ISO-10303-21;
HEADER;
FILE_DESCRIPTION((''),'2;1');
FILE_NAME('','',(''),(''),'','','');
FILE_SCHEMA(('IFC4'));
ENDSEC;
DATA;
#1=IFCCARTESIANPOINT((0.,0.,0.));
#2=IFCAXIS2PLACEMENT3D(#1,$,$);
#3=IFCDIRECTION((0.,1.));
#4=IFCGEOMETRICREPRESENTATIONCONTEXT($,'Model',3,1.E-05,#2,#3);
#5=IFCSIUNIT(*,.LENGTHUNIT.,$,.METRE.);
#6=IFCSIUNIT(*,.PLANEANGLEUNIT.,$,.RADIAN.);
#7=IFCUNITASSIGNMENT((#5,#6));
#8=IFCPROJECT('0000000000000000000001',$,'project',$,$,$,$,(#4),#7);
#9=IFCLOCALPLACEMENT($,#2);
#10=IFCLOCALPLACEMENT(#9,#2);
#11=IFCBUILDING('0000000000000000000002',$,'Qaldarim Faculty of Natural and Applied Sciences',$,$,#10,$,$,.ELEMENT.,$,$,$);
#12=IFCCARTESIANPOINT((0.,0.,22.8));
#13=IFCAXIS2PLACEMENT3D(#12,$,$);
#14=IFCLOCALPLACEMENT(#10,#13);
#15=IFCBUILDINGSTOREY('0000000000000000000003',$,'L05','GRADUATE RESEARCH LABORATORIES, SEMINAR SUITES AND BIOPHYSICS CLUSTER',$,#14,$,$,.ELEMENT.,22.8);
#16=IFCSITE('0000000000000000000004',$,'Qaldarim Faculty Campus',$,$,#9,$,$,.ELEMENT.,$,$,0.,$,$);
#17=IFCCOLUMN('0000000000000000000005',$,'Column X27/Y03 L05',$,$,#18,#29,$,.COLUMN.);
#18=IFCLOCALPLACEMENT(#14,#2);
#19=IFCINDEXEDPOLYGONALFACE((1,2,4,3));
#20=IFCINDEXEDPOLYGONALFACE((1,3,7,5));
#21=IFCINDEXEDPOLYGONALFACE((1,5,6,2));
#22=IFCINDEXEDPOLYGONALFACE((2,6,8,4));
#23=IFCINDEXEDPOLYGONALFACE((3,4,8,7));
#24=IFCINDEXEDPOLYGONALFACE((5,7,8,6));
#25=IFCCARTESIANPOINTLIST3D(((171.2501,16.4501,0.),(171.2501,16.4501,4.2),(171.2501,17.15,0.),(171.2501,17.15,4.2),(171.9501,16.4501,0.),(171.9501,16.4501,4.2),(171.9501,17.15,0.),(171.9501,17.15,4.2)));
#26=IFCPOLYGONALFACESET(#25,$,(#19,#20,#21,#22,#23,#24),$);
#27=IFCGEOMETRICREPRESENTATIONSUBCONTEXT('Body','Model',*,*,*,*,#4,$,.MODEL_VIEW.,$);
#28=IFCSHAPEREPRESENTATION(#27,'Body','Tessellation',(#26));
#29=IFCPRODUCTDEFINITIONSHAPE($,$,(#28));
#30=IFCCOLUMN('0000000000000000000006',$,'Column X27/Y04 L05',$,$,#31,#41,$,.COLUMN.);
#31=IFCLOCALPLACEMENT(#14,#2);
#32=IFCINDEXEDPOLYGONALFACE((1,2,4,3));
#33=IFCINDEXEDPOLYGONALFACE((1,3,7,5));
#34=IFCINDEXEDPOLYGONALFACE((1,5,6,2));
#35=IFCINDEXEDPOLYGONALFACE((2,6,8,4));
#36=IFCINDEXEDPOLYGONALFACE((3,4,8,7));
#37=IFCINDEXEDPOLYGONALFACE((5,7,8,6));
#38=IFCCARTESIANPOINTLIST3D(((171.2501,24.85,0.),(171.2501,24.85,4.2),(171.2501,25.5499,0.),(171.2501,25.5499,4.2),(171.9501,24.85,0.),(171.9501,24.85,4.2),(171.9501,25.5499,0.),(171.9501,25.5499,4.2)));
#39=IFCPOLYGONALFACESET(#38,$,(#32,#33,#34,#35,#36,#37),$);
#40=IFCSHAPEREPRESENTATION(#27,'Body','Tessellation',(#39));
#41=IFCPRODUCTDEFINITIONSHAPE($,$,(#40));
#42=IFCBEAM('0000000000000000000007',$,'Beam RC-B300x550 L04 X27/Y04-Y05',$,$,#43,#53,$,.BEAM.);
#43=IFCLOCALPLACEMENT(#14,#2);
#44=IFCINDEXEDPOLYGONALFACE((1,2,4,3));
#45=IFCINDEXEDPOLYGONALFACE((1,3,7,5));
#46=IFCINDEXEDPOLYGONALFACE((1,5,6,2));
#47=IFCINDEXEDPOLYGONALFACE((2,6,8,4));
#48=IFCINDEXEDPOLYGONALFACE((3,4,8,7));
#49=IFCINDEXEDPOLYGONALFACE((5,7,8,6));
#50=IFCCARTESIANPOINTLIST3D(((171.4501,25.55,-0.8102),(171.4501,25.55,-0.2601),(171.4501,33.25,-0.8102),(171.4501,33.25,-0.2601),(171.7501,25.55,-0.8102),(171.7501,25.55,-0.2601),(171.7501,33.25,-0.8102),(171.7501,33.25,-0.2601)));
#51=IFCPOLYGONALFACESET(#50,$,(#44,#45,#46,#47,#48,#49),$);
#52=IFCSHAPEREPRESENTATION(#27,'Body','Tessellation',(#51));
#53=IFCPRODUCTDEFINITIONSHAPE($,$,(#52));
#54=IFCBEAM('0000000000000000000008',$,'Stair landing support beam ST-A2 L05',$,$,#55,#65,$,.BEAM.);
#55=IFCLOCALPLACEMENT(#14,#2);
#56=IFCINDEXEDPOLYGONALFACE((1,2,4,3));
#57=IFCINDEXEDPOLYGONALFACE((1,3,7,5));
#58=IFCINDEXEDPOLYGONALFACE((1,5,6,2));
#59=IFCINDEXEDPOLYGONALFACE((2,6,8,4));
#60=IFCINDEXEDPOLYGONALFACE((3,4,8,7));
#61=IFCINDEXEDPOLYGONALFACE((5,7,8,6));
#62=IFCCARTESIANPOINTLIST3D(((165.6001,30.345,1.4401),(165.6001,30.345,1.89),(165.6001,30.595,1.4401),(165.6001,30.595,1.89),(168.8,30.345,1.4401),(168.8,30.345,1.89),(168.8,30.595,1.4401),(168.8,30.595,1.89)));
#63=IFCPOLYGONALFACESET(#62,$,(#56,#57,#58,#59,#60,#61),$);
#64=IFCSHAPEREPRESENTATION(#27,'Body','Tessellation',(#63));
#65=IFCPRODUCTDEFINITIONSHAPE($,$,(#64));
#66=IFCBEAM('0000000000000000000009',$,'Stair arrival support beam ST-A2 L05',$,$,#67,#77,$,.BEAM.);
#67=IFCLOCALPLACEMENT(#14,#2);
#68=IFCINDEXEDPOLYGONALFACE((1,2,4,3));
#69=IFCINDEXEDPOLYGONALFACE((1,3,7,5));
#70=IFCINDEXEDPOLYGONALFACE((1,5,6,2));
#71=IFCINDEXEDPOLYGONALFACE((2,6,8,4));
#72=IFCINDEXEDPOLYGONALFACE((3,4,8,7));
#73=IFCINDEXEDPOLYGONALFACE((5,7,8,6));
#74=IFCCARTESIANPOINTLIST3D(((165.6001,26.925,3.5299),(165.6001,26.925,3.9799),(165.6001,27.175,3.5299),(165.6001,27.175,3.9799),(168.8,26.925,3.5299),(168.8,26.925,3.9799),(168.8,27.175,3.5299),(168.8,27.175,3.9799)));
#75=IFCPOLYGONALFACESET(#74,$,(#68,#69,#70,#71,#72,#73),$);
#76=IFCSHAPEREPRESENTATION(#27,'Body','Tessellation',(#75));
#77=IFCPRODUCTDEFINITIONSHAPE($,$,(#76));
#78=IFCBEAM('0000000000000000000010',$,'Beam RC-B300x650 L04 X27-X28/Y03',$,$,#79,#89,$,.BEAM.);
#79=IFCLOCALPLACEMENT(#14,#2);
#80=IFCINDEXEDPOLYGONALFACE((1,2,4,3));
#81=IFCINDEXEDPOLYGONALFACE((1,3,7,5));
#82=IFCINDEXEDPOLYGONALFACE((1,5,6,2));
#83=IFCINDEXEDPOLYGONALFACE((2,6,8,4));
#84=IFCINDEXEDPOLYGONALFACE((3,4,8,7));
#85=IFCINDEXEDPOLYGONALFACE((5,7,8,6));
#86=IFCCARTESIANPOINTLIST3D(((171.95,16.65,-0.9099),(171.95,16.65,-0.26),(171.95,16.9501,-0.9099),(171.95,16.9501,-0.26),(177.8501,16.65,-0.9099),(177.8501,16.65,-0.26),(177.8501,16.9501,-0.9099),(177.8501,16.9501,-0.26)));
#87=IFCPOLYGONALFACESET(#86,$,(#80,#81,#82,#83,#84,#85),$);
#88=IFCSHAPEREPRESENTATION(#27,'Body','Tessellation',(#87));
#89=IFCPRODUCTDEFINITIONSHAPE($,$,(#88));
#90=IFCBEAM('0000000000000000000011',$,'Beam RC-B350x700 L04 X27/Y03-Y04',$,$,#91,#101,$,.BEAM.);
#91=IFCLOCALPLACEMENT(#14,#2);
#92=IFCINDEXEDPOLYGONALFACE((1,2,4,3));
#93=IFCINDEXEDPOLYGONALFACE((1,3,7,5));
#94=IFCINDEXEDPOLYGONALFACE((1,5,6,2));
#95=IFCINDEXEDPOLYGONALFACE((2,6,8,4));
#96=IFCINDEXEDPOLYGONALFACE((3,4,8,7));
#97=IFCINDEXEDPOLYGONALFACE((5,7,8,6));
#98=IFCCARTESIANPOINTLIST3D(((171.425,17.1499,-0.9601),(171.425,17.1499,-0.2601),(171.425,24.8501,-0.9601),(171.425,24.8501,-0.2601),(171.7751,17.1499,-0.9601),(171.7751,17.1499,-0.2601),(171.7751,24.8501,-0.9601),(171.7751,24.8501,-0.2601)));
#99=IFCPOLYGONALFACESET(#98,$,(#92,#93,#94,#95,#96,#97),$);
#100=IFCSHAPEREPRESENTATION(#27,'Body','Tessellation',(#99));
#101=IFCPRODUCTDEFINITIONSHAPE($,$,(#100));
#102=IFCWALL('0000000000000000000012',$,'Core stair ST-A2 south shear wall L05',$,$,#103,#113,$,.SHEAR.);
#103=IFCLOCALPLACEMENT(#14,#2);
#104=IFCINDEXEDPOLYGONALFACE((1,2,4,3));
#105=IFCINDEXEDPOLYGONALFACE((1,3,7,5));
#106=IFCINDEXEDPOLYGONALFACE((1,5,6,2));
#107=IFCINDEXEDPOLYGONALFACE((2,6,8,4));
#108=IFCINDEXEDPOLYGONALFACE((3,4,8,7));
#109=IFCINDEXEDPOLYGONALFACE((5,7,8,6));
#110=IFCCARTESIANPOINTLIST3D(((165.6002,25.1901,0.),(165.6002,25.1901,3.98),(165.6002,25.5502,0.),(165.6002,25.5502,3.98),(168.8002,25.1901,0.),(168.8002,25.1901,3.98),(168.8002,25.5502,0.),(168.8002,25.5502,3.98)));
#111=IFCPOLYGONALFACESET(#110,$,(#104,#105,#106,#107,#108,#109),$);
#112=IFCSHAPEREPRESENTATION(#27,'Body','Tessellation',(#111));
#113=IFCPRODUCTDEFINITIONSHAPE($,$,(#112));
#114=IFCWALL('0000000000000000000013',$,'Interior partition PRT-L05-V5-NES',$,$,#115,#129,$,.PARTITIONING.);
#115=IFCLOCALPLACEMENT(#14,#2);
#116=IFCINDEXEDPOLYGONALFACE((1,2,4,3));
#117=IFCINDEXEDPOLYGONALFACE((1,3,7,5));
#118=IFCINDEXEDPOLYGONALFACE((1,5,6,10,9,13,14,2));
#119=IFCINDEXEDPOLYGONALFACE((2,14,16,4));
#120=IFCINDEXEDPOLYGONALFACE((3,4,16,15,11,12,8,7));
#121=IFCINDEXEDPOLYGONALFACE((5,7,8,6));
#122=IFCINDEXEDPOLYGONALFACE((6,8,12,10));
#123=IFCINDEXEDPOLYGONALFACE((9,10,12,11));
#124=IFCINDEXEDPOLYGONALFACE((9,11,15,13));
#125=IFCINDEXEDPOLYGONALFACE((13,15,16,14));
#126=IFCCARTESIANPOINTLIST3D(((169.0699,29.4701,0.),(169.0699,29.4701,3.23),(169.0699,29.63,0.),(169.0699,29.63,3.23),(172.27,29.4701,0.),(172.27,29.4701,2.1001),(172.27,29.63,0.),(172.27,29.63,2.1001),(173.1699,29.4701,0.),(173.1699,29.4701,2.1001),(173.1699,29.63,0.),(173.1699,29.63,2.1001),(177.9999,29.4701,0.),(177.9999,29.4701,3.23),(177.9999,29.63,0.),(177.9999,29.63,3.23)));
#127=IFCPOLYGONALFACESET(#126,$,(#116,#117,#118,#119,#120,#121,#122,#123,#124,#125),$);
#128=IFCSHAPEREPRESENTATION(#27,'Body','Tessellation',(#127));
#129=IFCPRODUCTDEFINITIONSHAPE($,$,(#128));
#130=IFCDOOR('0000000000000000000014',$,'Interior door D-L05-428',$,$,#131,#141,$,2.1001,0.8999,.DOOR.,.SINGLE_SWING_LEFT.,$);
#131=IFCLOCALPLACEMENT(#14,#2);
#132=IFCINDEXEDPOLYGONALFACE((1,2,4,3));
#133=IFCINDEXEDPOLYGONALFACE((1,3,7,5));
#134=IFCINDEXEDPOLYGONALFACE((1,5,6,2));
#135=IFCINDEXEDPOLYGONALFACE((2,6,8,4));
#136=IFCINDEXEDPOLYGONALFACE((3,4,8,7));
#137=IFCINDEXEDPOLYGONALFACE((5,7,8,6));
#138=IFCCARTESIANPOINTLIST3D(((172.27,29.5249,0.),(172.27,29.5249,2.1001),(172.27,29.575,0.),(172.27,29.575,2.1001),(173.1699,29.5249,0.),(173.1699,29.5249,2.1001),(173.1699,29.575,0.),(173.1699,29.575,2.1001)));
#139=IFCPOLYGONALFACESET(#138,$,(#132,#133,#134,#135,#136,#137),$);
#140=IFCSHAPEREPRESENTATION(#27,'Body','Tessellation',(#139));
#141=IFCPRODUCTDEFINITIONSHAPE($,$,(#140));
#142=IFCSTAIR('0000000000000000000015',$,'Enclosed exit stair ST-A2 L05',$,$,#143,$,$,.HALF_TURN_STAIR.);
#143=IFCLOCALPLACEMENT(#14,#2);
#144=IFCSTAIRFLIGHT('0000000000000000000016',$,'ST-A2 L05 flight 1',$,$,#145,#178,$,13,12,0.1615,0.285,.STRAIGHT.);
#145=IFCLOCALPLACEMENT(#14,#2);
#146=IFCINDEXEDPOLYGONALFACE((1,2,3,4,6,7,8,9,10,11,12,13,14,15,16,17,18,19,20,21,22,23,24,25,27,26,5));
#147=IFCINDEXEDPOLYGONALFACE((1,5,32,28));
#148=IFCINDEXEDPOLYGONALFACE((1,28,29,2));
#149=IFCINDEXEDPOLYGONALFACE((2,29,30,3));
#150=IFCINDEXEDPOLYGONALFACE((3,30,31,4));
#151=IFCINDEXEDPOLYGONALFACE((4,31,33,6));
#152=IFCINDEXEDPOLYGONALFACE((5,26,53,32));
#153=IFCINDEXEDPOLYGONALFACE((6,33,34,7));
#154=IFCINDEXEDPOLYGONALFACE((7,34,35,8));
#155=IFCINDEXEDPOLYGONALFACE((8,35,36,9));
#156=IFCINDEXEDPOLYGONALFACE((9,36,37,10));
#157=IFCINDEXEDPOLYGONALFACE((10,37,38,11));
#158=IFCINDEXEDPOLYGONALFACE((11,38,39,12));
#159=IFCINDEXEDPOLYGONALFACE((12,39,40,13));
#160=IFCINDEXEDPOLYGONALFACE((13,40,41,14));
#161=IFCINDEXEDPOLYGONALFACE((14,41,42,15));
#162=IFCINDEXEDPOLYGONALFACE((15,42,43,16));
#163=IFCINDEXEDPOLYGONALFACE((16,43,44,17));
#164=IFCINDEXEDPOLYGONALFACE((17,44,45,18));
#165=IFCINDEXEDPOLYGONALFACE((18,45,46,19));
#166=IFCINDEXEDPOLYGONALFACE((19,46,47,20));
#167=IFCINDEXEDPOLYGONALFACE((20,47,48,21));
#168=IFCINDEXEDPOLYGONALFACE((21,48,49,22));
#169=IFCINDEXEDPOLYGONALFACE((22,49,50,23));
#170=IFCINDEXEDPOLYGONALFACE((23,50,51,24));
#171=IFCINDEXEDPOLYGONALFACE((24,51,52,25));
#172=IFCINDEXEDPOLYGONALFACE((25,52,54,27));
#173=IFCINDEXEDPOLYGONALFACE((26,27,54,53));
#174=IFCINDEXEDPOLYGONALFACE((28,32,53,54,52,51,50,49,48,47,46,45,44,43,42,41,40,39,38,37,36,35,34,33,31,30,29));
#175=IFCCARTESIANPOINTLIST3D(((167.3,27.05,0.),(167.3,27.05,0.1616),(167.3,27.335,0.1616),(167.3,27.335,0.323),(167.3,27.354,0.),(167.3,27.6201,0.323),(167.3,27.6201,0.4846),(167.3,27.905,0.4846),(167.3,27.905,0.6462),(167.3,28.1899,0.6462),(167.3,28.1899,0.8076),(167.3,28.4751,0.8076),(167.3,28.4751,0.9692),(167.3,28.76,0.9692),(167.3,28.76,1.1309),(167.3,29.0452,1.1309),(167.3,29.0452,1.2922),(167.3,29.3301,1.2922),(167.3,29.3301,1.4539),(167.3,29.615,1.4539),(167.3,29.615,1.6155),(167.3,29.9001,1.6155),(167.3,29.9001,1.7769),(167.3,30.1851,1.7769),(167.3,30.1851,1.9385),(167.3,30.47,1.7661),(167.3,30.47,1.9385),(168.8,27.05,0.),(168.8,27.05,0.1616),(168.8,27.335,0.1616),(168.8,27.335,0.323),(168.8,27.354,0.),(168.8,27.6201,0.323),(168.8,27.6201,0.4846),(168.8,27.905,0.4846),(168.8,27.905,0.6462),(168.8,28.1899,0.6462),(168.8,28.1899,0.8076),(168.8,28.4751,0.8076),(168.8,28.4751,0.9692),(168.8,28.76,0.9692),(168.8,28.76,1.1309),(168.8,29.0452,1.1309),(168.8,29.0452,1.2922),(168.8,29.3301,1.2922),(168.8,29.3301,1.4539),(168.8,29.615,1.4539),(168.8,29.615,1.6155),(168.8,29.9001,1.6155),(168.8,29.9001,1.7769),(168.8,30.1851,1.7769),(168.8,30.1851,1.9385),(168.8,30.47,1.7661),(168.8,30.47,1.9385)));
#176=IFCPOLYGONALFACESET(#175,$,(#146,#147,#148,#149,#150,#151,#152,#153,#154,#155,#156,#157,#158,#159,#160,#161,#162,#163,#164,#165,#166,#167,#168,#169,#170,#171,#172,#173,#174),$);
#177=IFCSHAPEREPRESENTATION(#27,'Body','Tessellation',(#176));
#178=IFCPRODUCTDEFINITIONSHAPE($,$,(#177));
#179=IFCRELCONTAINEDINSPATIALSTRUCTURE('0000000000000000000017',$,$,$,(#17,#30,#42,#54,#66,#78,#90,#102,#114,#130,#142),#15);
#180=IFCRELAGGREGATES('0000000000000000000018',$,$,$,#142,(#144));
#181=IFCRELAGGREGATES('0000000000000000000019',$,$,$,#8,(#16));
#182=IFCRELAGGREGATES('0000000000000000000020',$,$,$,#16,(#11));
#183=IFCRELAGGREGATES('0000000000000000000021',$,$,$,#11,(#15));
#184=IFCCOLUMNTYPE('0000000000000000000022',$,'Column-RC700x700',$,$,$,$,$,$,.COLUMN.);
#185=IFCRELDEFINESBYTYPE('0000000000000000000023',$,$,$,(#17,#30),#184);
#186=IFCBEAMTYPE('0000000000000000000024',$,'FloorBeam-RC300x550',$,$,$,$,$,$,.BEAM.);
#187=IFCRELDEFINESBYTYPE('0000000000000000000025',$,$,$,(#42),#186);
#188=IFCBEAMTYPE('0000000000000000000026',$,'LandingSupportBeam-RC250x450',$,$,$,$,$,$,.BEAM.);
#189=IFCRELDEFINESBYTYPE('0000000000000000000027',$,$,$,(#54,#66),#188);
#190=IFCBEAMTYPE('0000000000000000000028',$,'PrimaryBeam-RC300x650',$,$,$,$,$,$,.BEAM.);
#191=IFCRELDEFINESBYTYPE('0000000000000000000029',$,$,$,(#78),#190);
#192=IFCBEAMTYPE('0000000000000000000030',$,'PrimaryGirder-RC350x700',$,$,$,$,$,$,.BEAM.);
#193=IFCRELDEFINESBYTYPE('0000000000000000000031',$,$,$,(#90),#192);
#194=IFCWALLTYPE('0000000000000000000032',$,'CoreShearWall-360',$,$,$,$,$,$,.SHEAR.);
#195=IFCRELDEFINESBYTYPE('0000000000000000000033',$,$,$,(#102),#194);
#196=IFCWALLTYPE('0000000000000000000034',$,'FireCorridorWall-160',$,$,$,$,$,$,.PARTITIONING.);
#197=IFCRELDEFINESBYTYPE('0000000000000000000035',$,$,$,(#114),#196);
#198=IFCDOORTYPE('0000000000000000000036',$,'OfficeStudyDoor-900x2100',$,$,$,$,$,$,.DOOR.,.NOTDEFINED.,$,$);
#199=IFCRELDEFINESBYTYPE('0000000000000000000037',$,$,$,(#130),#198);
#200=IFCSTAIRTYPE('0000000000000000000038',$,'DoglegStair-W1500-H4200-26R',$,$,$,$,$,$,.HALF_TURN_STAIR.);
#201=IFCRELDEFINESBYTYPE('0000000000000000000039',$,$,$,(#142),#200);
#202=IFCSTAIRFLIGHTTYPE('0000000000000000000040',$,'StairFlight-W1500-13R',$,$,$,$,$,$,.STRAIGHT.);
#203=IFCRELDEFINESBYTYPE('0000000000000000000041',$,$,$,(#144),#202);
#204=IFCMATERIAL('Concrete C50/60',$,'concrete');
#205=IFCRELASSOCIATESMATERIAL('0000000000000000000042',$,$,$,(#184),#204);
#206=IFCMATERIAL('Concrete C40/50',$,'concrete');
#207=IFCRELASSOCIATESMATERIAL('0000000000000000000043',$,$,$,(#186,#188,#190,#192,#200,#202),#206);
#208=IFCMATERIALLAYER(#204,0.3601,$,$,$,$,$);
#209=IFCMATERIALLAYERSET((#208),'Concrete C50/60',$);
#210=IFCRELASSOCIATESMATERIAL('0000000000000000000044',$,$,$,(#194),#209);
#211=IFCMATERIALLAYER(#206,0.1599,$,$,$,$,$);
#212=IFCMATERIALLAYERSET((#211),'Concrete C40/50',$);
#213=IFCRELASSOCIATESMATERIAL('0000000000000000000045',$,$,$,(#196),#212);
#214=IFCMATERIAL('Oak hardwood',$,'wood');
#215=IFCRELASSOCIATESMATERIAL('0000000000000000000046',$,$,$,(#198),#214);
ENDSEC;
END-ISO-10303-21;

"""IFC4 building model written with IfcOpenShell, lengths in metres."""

from ifc_helpers import new_model, si_unit, direction, frame, frame_2d, origin, origin_2d, place, context, subcontext, project, spatial, polyline, rectangle, outline, extrude, material, layer, layer_set, material_profile, profile_set, type_object, element, fill, aggregate, save


model = new_model("IFC4")

# Units and contexts
model_context = context("Model", 3, precision=1e-05, world=origin(), true_north=direction((0.0, 1.0)))
body_context = subcontext(model_context, "Body", "Model", "MODEL_VIEW")
ifc_project = project(units=[si_unit("LENGTHUNIT", "METRE"), si_unit("PLANEANGLEUNIT", "RADIAN")], contexts=[model_context])

# Site, building, storey
site_placement = place(None, origin())
site = spatial("IfcSite", under=ifc_project, at=site_placement, Name="Qaldarim Faculty Campus", CompositionType="ELEMENT", RefElevation=0.0)
building_placement = place(site_placement, origin())
building = spatial("IfcBuilding", under=site, at=building_placement, Name="Qaldarim Faculty of Natural and Applied Sciences", CompositionType="ELEMENT")
storey_placement = place(building_placement, frame((0.0, 0.0, 22.8)))
storey = spatial("IfcBuildingStorey", under=building, at=storey_placement, Name="L05", Description="GRADUATE RESEARCH LABORATORIES, SEMINAR SUITES AND BIOPHYSICS CLUSTER", CompositionType="ELEMENT", Elevation=22.8)

# Columns
ifc_material_1 = material(Name="Concrete C50/60", Category="concrete")
ifc_material_profile_1 = material_profile(ifc_material_1, rectangle(XDim=0.7, YDim=0.7, at=origin_2d()), Name="RC-C700x700")
ifc_profile_set_1 = profile_set([ifc_material_profile_1], Name="Concrete C50/60")
column_type = type_object("IfcColumnType", Name="Column-RC700x700", PredefinedType="COLUMN", material=ifc_profile_set_1)
for number, where, z_axis, x_axis, name in (
    (1, (171.6001, 16.8, 0.0), (0.0, 0.0, 1.0), (1.0, 0.0, 0.0), "Column X27/Y03 L05"),
    (2, (171.6001, 25.2, 0.0), (0.0, 0.0, 1.0), (1.0, 0.0, 0.0), "Column X27/Y04 L05"),
):
    element("IfcColumn", number, at=place(storey_placement, frame(where, z_axis=z_axis, x_axis=x_axis)), inside=storey, type_object=column_type, Name=name, PredefinedType="COLUMN", context=body_context, shape_type="SweptSolid", body=[
        extrude(rectangle(XDim=0.7, YDim=0.7, at=origin_2d()), origin(), (0.0, 0.0, 1.0), 4.2),
    ])

# Beams
ifc_material_2 = material(Name="Concrete C40/50", Category="concrete")
ifc_material_profile_2 = material_profile(ifc_material_2, rectangle(XDim=0.3, YDim=0.55, at=origin_2d()), Name="RC-B300x550")
ifc_profile_set_2 = profile_set([ifc_material_profile_2], Name="Concrete C40/50")
beam_type_1 = type_object("IfcBeamType", Name="FloorBeam-RC300x550", PredefinedType="BEAM", material=ifc_profile_set_2)
beam_1_placement = place(storey_placement, frame((171.6001, 25.55, -0.5352), z_axis=(0.0, 1.0, 0.0), x_axis=(-1.0, 0.0, 0.0)))
element("IfcBeam", 3, at=beam_1_placement, inside=storey, type_object=beam_type_1, Name="Beam RC-B300x550 L04 X27/Y04-Y05", PredefinedType="BEAM", context=body_context, shape_type="SweptSolid", body=[
    extrude(rectangle(XDim=0.3, YDim=0.55, at=origin_2d()), origin(), (0.0, 0.0, 1.0), 7.7),
])
ifc_material_profile_3 = material_profile(ifc_material_2, rectangle(XDim=0.25, YDim=0.45, at=origin_2d()), Name="RC-LN250x450")
ifc_profile_set_3 = profile_set([ifc_material_profile_3], Name="Concrete C40/50")
beam_type_2 = type_object("IfcBeamType", Name="LandingSupportBeam-RC250x450", PredefinedType="BEAM", material=ifc_profile_set_3)
for number, where, z_axis, x_axis, name in (
    (4, (165.6001, 30.47, 1.665), (1.0, 0.0, 0.0), (0.0, 1.0, 0.0), "Stair landing support beam ST-A2 L05"),
    (5, (165.6001, 27.05, 3.7549), (1.0, 0.0, 0.0), (0.0, 1.0, 0.0), "Stair arrival support beam ST-A2 L05"),
):
    element("IfcBeam", number, at=place(storey_placement, frame(where, z_axis=z_axis, x_axis=x_axis)), inside=storey, type_object=beam_type_2, Name=name, PredefinedType="BEAM", context=body_context, shape_type="SweptSolid", body=[
        extrude(rectangle(XDim=0.25, YDim=0.45, at=origin_2d()), origin(), (0.0, 0.0, 1.0), 3.2),
    ])
ifc_material_profile_4 = material_profile(ifc_material_2, rectangle(XDim=0.3, YDim=0.6499, at=origin_2d()), Name="RC-B300x650")
ifc_profile_set_4 = profile_set([ifc_material_profile_4], Name="Concrete C40/50")
beam_type_3 = type_object("IfcBeamType", Name="PrimaryBeam-RC300x650", PredefinedType="BEAM", material=ifc_profile_set_4)
beam_2_placement = place(storey_placement, frame((171.95, 16.8, -0.585), z_axis=(1.0, 0.0, 0.0), x_axis=(0.0, 1.0, 0.0)))
element("IfcBeam", 6, at=beam_2_placement, inside=storey, type_object=beam_type_3, Name="Beam RC-B300x650 L04 X27-X28/Y03", PredefinedType="BEAM", context=body_context, shape_type="SweptSolid", body=[
    extrude(rectangle(XDim=0.3, YDim=0.6499, at=origin_2d()), origin(), (0.0, 0.0, 1.0), 5.9001),
])
ifc_material_profile_5 = material_profile(ifc_material_2, rectangle(XDim=0.3501, YDim=0.7, at=origin_2d()), Name="RC-B350x700")
ifc_profile_set_5 = profile_set([ifc_material_profile_5], Name="Concrete C40/50")
beam_type_4 = type_object("IfcBeamType", Name="PrimaryGirder-RC350x700", PredefinedType="BEAM", material=ifc_profile_set_5)
beam_3_placement = place(storey_placement, frame((171.6001, 17.1499, -0.6101), z_axis=(0.0, 1.0, 0.0), x_axis=(-1.0, 0.0, 0.0)))
element("IfcBeam", 7, at=beam_3_placement, inside=storey, type_object=beam_type_4, Name="Beam RC-B350x700 L04 X27/Y03-Y04", PredefinedType="BEAM", context=body_context, shape_type="SweptSolid", body=[
    extrude(rectangle(XDim=0.3501, YDim=0.7, at=origin_2d()), origin(), (0.0, 0.0, 1.0), 7.7002),
])

# Shared definitions
ifc_layer_1 = layer(ifc_material_1, 0.3601)
ifc_layer_set_1 = layer_set([ifc_layer_1], Name="Concrete C50/60")
wall_type_1 = type_object("IfcWallType", Name="CoreShearWall-360", PredefinedType="SHEAR", material=ifc_layer_set_1)

# Wall
wall_1_placement = place(storey_placement, frame((165.6001, 25.3701, 0.0), z_axis=(0.0, 0.0, 1.0), x_axis=(1.0, 0.0, 0.0)))
element("IfcWall", 8, at=wall_1_placement, inside=storey, type_object=wall_type_1, Name="Core stair ST-A2 south shear wall L05", PredefinedType="SHEAR", context=body_context, shape_type="SweptSolid", body=[
    extrude(rectangle(XDim=3.2, YDim=0.3601, at=frame_2d((1.6001, 0.0))), origin(), (0.0, 0.0, 1.0), 3.98),
])

# Wall, opening, door
ifc_layer_2 = layer(ifc_material_2, 0.1599)
ifc_layer_set_2 = layer_set([ifc_layer_2], Name="Concrete C40/50")
wall_type_2 = type_object("IfcWallType", Name="FireCorridorWall-160", PredefinedType="PARTITIONING", material=ifc_layer_set_2)
wall_2_placement = place(storey_placement, frame((169.0701, 29.55, 0.0), z_axis=(0.0, 0.0, 1.0), x_axis=(1.0, 0.0, 0.0)))
wall_2 = element("IfcWall", 9, at=wall_2_placement, inside=storey, type_object=wall_type_2, Name="Interior partition PRT-L05-V5-NES", PredefinedType="PARTITIONING", context=body_context, shape_type="SweptSolid", body=[
    extrude(rectangle(XDim=8.9299, YDim=0.1599, at=frame_2d((4.4648, 0.0))), origin(), (0.0, 0.0, 1.0), 3.23),
])
opening_1_placement = place(wall_2_placement, frame((3.2, 0.0, 0.0)))
opening_1 = element("IfcOpeningElement", 10, at=opening_1_placement, cuts=wall_2, PredefinedType="OPENING", context=body_context, shape_type="SweptSolid", body=[
    extrude(rectangle(XDim=0.8999, YDim=2.1001, at=frame_2d((0.45, 1.05))), frame((0.0, 0.0898, 0.0), z_axis=(0.0, -1.0, 0.0), x_axis=(1.0, 0.0, 0.0)), (0.0, 0.0, 1.0), 0.1799),
])
ifc_material_3 = material(Name="Oak hardwood", Category="wood")
door_type_1 = type_object("IfcDoorType", Name="OfficeStudyDoor-900x2100", OperationType="NOTDEFINED", PredefinedType="DOOR", material=ifc_material_3)
door_1_placement = place(opening_1_placement, origin())
door_1 = element("IfcDoor", 11, at=door_1_placement, inside=storey, type_object=door_type_1, Name="Interior door D-L05-428", OperationType="SINGLE_SWING_LEFT", OverallHeight=2.1001, OverallWidth=0.8999, PredefinedType="DOOR", context=body_context, shape_type="SweptSolid", body=[
    extrude(rectangle(XDim=0.8999, YDim=2.1001, at=frame_2d((0.45, 1.05))), frame((0.0, 0.0249, 0.0), z_axis=(0.0, -1.0, 0.0), x_axis=(1.0, 0.0, 0.0)), (0.0, 0.0, 1.0), 0.05),
])
fill(opening_1, door_1)

# Stair, stair flight
stair_type_1 = type_object("IfcStairType", Name="DoglegStair-W1500-H4200-26R", PredefinedType="HALF_TURN_STAIR", material=ifc_material_2)
stair_1_placement = place(storey_placement, origin())
stair_1 = element("IfcStair", 12, at=stair_1_placement, inside=storey, type_object=stair_type_1, Name="Enclosed exit stair ST-A2 L05", PredefinedType="HALF_TURN_STAIR")
stair_flight_type_1 = type_object("IfcStairFlightType", Name="StairFlight-W1500-13R", PredefinedType="STRAIGHT", material=ifc_material_2)
stair_flight_1_placement = place(storey_placement, frame((168.05, 27.05, 0.0), z_axis=(0.0, 0.0, 1.0), x_axis=(0.0, 1.0, 0.0)))
stair_flight_1 = element("IfcStairFlight", 13, at=stair_flight_1_placement, type_object=stair_flight_type_1, Name="ST-A2 L05 flight 1", NumberOfRisers=13, NumberOfTreads=12, PredefinedType="STRAIGHT", RiserHeight=0.1615, TreadLength=0.285, context=body_context, shape_type="SweptSolid", body=[
    extrude(outline(polyline([(0.0, 0.0), (0.0, 0.1616), (0.2849, 0.1616), (0.2849, 0.323), (0.5701, 0.323), (0.5701, 0.4846), (0.855, 0.4846), (0.855, 0.6462), (1.1399, 0.6462), (1.1399, 0.8076), (1.425, 0.8076), (1.425, 0.9692), (1.71, 0.9692), (1.71, 1.1309), (1.9951, 1.1309), (1.9951, 1.2922), (2.28, 1.2922), (2.28, 1.4539), (2.5649, 1.4539), (2.5649, 1.6155), (2.8501, 1.6155), (2.8501, 1.7769), (3.135, 1.7769), (3.135, 1.9385), (3.4199, 1.9385), (3.4199, 2.1001), (3.4199, 1.7661), (0.304, 0.0), (0.0, 0.0)])), frame((0.0, 0.75, 0.0), z_axis=(0.0, -1.0, 0.0), x_axis=(1.0, 0.0, 0.0)), (0.0, 0.0, 1.0), 1.5),
])
aggregate(stair_1, [stair_flight_1])

save(model, "model.ifc")
